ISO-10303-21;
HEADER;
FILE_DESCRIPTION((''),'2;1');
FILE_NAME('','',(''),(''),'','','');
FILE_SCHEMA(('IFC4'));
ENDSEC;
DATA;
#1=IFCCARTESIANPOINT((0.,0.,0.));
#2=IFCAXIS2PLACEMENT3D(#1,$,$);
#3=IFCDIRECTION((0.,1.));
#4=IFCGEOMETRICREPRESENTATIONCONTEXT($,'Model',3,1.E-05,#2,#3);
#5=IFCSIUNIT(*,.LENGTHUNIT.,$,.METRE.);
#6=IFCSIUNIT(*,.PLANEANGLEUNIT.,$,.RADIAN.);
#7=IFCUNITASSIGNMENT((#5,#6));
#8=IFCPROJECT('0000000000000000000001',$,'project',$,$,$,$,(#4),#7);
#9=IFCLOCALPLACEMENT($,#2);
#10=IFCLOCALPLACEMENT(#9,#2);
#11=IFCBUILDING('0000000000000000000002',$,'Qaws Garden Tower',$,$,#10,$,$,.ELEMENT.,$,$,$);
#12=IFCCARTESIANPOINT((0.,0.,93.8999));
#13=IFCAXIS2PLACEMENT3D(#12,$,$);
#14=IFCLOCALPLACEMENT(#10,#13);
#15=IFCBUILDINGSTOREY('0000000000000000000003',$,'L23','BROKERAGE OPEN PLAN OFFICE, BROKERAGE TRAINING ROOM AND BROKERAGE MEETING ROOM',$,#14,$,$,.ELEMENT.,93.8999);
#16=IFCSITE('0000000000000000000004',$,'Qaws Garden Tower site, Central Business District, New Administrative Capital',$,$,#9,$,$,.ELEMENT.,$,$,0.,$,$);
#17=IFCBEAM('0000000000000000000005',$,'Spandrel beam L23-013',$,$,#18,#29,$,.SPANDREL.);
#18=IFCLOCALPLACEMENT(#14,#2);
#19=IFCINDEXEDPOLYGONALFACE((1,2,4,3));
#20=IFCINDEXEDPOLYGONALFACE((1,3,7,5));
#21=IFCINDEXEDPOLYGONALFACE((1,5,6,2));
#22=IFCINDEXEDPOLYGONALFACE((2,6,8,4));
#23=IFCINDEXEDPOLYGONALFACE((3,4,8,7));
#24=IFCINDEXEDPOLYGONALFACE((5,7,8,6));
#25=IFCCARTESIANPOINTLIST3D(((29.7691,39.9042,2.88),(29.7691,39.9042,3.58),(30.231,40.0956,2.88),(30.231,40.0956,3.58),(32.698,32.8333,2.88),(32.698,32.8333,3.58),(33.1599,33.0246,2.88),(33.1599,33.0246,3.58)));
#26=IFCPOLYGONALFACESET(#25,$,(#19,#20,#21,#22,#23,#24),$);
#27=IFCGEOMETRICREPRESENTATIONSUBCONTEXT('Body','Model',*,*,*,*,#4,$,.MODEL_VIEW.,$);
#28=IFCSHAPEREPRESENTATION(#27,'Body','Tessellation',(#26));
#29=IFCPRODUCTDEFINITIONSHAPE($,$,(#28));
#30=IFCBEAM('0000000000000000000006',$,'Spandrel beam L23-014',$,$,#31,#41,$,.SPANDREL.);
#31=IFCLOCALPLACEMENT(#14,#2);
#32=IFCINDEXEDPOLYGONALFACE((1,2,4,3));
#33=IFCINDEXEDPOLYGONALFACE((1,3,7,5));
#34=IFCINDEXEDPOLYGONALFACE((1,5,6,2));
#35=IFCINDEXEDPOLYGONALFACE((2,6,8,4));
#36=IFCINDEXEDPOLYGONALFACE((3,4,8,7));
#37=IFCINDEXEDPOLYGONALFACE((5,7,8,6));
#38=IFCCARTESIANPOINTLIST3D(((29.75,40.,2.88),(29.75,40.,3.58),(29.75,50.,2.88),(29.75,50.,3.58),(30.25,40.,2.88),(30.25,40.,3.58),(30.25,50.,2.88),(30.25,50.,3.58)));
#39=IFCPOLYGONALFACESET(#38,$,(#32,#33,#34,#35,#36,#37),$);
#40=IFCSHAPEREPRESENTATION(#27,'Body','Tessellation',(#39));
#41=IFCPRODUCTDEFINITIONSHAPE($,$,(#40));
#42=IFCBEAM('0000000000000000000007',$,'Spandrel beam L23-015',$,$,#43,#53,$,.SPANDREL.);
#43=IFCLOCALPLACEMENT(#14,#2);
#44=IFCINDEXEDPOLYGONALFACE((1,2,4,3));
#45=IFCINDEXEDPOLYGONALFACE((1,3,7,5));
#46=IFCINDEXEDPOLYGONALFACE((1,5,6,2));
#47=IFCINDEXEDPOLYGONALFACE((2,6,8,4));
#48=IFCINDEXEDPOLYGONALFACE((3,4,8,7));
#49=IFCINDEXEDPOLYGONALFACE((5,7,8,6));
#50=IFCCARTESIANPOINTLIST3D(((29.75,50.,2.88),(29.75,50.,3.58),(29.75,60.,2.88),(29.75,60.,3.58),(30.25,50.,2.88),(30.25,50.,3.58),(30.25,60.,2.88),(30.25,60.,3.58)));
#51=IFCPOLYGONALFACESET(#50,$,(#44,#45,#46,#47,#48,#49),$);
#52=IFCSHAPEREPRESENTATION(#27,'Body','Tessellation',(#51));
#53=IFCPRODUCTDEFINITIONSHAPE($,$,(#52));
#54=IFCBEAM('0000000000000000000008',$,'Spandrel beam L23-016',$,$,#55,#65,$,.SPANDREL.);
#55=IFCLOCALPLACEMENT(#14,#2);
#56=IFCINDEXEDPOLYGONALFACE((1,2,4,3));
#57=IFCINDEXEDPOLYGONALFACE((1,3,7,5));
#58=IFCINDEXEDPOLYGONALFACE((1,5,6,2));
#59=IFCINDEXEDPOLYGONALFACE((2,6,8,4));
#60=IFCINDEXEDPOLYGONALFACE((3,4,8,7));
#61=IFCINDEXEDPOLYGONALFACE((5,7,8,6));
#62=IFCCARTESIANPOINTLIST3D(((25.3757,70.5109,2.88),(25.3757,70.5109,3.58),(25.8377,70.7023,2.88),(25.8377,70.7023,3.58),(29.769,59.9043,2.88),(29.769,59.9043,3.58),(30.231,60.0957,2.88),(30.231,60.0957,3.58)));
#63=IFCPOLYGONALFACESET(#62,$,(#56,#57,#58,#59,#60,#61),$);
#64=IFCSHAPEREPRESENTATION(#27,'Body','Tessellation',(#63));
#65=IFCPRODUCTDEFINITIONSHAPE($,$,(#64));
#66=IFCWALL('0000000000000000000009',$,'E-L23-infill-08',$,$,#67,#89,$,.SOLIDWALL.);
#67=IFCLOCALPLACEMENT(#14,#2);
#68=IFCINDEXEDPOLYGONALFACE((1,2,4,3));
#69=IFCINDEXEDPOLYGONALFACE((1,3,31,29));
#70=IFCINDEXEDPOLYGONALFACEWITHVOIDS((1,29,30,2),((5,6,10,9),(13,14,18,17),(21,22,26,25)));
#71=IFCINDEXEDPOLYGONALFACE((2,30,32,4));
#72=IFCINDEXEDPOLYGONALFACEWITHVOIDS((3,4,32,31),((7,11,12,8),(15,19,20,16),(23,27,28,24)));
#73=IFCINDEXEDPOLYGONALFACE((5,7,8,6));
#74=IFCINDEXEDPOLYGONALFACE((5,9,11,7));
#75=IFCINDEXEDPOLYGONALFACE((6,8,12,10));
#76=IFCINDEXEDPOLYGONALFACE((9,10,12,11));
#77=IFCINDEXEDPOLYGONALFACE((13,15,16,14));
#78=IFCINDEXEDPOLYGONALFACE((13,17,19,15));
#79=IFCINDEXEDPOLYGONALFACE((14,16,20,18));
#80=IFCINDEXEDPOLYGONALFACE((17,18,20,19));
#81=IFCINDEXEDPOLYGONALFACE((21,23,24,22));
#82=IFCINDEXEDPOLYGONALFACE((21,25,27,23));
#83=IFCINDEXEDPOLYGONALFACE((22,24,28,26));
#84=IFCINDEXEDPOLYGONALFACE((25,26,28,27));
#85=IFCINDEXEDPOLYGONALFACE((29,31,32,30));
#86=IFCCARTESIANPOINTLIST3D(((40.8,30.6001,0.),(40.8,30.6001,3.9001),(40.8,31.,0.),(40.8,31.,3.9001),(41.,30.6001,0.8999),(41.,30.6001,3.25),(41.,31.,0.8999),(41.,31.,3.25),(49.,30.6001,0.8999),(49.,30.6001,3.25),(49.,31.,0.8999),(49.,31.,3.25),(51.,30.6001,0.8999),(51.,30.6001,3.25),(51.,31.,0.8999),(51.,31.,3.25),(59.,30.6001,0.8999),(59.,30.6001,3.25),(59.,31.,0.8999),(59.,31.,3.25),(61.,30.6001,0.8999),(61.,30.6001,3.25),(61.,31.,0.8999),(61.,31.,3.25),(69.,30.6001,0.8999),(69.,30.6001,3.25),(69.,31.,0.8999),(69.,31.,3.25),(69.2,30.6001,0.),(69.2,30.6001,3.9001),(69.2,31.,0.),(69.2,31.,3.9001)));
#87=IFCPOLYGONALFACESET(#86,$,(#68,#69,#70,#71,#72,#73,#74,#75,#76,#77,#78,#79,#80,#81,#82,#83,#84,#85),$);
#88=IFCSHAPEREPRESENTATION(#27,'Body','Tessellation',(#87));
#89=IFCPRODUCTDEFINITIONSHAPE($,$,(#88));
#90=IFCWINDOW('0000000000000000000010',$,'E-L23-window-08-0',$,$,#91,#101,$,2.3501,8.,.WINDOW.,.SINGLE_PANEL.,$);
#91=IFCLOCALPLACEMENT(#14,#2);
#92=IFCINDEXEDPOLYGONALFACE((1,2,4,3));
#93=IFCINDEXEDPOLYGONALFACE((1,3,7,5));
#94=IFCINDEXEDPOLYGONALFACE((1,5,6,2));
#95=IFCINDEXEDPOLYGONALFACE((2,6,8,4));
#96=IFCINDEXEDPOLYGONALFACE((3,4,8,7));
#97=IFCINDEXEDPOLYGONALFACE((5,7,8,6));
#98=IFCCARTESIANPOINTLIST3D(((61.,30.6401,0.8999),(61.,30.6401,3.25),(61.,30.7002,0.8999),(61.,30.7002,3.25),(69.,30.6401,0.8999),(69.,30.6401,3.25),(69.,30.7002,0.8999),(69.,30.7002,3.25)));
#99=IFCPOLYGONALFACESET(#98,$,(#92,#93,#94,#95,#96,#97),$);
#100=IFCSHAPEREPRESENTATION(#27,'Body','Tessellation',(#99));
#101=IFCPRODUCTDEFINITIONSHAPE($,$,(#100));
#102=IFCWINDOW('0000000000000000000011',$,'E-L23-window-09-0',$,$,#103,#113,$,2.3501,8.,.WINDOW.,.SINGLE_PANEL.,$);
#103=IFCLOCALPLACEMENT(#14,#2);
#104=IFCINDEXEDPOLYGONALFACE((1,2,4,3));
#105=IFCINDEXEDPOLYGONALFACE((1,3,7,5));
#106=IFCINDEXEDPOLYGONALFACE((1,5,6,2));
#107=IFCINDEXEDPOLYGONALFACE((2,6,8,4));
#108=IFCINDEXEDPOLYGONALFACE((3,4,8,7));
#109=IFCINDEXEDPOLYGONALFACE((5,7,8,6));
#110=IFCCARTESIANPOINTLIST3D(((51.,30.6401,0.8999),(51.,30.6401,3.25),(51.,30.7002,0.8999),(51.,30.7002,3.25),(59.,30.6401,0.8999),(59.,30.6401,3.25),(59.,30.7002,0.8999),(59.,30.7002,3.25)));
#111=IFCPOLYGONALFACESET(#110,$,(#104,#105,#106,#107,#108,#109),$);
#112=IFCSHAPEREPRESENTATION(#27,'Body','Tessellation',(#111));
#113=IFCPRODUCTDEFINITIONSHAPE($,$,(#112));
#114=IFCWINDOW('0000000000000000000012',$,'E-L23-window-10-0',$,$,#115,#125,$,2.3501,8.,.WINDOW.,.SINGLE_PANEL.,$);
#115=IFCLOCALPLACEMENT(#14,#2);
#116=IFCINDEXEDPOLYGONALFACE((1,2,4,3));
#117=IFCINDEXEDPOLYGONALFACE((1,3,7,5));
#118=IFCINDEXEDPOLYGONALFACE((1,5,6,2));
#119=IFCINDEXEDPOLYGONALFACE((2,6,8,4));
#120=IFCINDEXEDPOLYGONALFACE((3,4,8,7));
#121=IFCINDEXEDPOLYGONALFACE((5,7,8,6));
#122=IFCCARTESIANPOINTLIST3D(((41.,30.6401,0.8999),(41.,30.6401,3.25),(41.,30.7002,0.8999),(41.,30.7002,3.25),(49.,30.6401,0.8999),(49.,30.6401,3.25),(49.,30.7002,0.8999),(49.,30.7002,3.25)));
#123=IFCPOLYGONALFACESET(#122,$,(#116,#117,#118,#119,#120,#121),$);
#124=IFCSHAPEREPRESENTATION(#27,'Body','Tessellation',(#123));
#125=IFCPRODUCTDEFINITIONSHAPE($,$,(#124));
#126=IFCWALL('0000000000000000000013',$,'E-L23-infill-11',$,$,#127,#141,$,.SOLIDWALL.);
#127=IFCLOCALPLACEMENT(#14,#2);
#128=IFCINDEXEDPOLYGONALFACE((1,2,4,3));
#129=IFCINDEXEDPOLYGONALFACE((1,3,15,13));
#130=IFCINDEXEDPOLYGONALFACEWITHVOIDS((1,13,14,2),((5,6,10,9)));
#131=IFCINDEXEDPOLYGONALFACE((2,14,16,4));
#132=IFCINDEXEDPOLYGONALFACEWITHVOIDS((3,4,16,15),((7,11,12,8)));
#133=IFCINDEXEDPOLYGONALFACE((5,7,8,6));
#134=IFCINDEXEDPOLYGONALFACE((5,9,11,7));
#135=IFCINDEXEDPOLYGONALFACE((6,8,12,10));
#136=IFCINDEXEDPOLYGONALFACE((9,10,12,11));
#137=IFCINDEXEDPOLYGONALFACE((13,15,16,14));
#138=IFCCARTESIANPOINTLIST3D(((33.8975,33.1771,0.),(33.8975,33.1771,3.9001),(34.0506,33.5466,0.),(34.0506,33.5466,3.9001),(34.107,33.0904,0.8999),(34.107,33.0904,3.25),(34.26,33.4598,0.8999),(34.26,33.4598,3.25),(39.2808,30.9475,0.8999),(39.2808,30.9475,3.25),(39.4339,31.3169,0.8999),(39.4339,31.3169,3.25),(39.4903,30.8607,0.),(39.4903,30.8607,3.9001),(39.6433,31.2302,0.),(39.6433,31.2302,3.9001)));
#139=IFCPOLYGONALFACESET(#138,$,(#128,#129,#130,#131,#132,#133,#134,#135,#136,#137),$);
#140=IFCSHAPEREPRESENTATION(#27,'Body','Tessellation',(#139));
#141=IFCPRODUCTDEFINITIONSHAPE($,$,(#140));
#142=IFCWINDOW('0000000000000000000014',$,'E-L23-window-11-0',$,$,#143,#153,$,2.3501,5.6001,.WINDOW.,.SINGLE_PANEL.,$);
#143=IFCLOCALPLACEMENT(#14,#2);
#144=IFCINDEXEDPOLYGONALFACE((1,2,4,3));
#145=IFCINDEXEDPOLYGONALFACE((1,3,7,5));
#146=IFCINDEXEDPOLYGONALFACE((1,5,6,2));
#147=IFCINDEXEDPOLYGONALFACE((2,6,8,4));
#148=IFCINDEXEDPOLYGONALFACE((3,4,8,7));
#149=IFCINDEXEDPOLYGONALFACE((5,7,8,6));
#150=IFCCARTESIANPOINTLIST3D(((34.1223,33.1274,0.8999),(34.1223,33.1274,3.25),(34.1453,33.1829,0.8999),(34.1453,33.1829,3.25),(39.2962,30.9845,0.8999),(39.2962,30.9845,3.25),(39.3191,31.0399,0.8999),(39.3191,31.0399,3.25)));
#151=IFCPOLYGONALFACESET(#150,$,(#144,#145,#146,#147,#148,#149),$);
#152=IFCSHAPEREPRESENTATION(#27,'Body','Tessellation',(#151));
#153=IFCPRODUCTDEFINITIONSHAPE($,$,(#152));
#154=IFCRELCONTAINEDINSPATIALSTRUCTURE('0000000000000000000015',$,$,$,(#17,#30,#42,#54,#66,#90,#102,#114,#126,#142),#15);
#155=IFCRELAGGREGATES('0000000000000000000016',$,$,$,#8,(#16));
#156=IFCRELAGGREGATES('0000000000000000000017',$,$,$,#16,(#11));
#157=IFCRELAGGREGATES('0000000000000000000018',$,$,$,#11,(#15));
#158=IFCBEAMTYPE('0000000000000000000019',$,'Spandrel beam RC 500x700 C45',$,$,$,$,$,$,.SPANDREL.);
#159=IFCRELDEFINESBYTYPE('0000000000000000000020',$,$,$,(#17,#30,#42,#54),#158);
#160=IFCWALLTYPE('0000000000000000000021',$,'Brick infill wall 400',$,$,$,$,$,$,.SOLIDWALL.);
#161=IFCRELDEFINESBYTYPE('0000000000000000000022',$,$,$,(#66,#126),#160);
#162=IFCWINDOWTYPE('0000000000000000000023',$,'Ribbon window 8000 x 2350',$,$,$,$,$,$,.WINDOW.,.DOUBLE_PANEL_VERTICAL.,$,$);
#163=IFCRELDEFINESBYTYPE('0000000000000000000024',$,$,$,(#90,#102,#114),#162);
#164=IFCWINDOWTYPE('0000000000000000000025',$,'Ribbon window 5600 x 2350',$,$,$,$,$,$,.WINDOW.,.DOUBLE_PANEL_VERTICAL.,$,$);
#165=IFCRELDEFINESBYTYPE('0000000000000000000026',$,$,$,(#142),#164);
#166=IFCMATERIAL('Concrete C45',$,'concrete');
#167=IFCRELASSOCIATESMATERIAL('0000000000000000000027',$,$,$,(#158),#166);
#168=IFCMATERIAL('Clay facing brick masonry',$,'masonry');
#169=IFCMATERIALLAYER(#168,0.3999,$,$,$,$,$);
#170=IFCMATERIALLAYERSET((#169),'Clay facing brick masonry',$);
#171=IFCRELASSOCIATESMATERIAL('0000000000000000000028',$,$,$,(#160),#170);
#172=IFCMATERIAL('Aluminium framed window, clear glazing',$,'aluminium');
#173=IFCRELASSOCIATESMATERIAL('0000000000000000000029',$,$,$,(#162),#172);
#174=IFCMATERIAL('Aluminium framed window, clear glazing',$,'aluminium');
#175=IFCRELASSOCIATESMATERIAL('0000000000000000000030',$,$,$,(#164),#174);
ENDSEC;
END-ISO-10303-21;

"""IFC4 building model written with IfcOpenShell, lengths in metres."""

from ifc_helpers import new_model, si_unit, direction, frame, frame_2d, origin, origin_2d, place, context, subcontext, project, spatial, rectangle, extrude, material, layer, layer_set, material_profile, profile_set, type_object, element, fill, save


model = new_model("IFC4")

# Units and contexts
model_context = context("Model", 3, precision=1e-05, world=origin(), true_north=direction((0.0, 1.0)))
body_context = subcontext(model_context, "Body", "Model", "MODEL_VIEW")
ifc_project = project(units=[si_unit("LENGTHUNIT", "METRE"), si_unit("PLANEANGLEUNIT", "RADIAN")], contexts=[model_context])

# Site, building, storey
site_placement = place(None, origin())
site = spatial("IfcSite", under=ifc_project, at=site_placement, Name="Qaws Garden Tower site, Central Business District, New Administrative Capital", CompositionType="ELEMENT", RefElevation=0.0)
building_placement = place(site_placement, origin())
building = spatial("IfcBuilding", under=site, at=building_placement, Name="Qaws Garden Tower", CompositionType="ELEMENT")
storey_placement = place(building_placement, frame((0.0, 0.0, 93.8999)))
storey = spatial("IfcBuildingStorey", under=building, at=storey_placement, Name="L23", Description="BROKERAGE OPEN PLAN OFFICE, BROKERAGE TRAINING ROOM AND BROKERAGE MEETING ROOM", CompositionType="ELEMENT", Elevation=93.8999)

# Beams
ifc_material_1 = material(Name="Concrete C45", Category="concrete")
ifc_material_profile_1 = material_profile(ifc_material_1, rectangle(XDim=0.5, YDim=0.7, at=origin_2d()), Name="RC 500x700")
ifc_profile_set_1 = profile_set([ifc_material_profile_1], Name="Concrete C45")
beam_type = type_object("IfcBeamType", Name="Spandrel beam RC 500x700 C45", PredefinedType="SPANDREL", material=ifc_profile_set_1)
beam_1_placement = place(storey_placement, frame((32.929, 32.929, 3.23), z_axis=(-0.382687, 0.923878, 0.0), x_axis=(-0.923878, -0.382687, 0.0)))
element("IfcBeam", 1, at=beam_1_placement, inside=storey, type_object=beam_type, Name="Spandrel beam L23-013", PredefinedType="SPANDREL", context=body_context, shape_type="SweptSolid", body=[
    extrude(rectangle(XDim=0.5, YDim=0.7, at=origin_2d()), origin(), (0.0, 0.0, 1.0), 7.6536),
])
for number, where, z_axis, x_axis, name in (
    (2, (30.0, 40.0, 3.23), (0.0, 1.0, 0.0), (-1.0, 0.0, 0.0), "Spandrel beam L23-014"),
    (3, (30.0, 50.0, 3.23), (0.0, 1.0, 0.0), (-1.0, 0.0, 0.0), "Spandrel beam L23-015"),
):
    element("IfcBeam", number, at=place(storey_placement, frame(where, z_axis=z_axis, x_axis=x_axis)), inside=storey, type_object=beam_type, Name=name, PredefinedType="SPANDREL", context=body_context, shape_type="SweptSolid", body=[
        extrude(rectangle(XDim=0.5, YDim=0.7, at=origin_2d()), origin(), (0.0, 0.0, 1.0), 10.0),
    ])
beam_2_placement = place(storey_placement, frame((30.0, 60.0, 3.23), z_axis=(-0.382674, 0.923883, 0.0), x_axis=(-0.923883, -0.382674, 0.0)))
element("IfcBeam", 4, at=beam_2_placement, inside=storey, type_object=beam_type, Name="Spandrel beam L23-016", PredefinedType="SPANDREL", context=body_context, shape_type="SweptSolid", body=[
    extrude(rectangle(XDim=0.5, YDim=0.7, at=origin_2d()), origin(), (0.0, 0.0, 1.0), 11.4805),
])

# Wall, openings, windows
ifc_material_2 = material(Name="Clay facing brick masonry", Category="masonry")
ifc_layer_1 = layer(ifc_material_2, 0.3999)
ifc_layer_set_1 = layer_set([ifc_layer_1], Name="Clay facing brick masonry")
wall_type_1 = type_object("IfcWallType", Name="Brick infill wall 400", PredefinedType="SOLIDWALL", material=ifc_layer_set_1)
wall_1_placement = place(storey_placement, frame((69.2, 30.8, 0.0), z_axis=(0.0, 0.0, 1.0), x_axis=(-1.0, 0.0, 0.0)))
wall_1 = element("IfcWall", 5, at=wall_1_placement, inside=storey, type_object=wall_type_1, Name="E-L23-infill-08", PredefinedType="SOLIDWALL", context=body_context, shape_type="SweptSolid", body=[
    extrude(rectangle(XDim=28.3999, YDim=0.3999, at=frame_2d((14.2, 0.0))), origin(), (0.0, 0.0, 1.0), 3.9001),
])
opening_1_placement = place(wall_1_placement, frame((0.2, 0.0, 0.8999)))
opening_1 = element("IfcOpeningElement", 6, at=opening_1_placement, cuts=wall_1, PredefinedType="OPENING", context=body_context, shape_type="SweptSolid", body=[
    extrude(rectangle(XDim=8.0, YDim=2.3501, at=frame_2d((4.0, 1.175))), frame((0.0, 0.21, 0.0), z_axis=(0.0, -1.0, 0.0), x_axis=(1.0, 0.0, 0.0)), (0.0, 0.0, 1.0), 0.4199),
])
opening_2_placement = place(wall_1_placement, frame((10.2, 0.0, 0.8999)))
opening_2 = element("IfcOpeningElement", 7, at=opening_2_placement, cuts=wall_1, PredefinedType="OPENING", context=body_context, shape_type="SweptSolid", body=[
    extrude(rectangle(XDim=8.0, YDim=2.3501, at=frame_2d((4.0, 1.175))), frame((0.0, 0.21, 0.0), z_axis=(0.0, -1.0, 0.0), x_axis=(1.0, 0.0, 0.0)), (0.0, 0.0, 1.0), 0.4199),
])
opening_3_placement = place(wall_1_placement, frame((20.2, 0.0, 0.8999)))
opening_3 = element("IfcOpeningElement", 8, at=opening_3_placement, cuts=wall_1, PredefinedType="OPENING", context=body_context, shape_type="SweptSolid", body=[
    extrude(rectangle(XDim=8.0, YDim=2.3501, at=frame_2d((4.0, 1.175))), frame((0.0, 0.21, 0.0), z_axis=(0.0, -1.0, 0.0), x_axis=(1.0, 0.0, 0.0)), (0.0, 0.0, 1.0), 0.4199),
])
ifc_material_3 = material(Name="Aluminium framed window, clear glazing", Category="aluminium")
window_type_1 = type_object("IfcWindowType", Name="Ribbon window 8000 x 2350", PartitioningType="DOUBLE_PANEL_VERTICAL", PredefinedType="WINDOW", material=ifc_material_3)
window_1_placement = place(opening_1_placement, origin())
window_1 = element("IfcWindow", 9, at=window_1_placement, inside=storey, type_object=window_type_1, Name="E-L23-window-08-0", OverallHeight=2.3501, OverallWidth=8.0, PartitioningType="SINGLE_PANEL", PredefinedType="WINDOW", context=body_context, shape_type="SweptSolid", body=[
    extrude(rectangle(XDim=8.0, YDim=2.3501, at=frame_2d((4.0, 1.175))), frame((0.0, 0.1599, 0.0), z_axis=(0.0, -1.0, 0.0), x_axis=(1.0, 0.0, 0.0)), (0.0, 0.0, 1.0), 0.0601),
])
fill(opening_1, window_1)
window_2_placement = place(opening_2_placement, origin())
window_2 = element("IfcWindow", 10, at=window_2_placement, inside=storey, type_object=window_type_1, Name="E-L23-window-09-0", OverallHeight=2.3501, OverallWidth=8.0, PartitioningType="SINGLE_PANEL", PredefinedType="WINDOW", context=body_context, shape_type="SweptSolid", body=[
    extrude(rectangle(XDim=8.0, YDim=2.3501, at=frame_2d((4.0, 1.175))), frame((0.0, 0.1599, 0.0), z_axis=(0.0, -1.0, 0.0), x_axis=(1.0, 0.0, 0.0)), (0.0, 0.0, 1.0), 0.0601),
])
fill(opening_2, window_2)
window_3_placement = place(opening_3_placement, origin())
window_3 = element("IfcWindow", 11, at=window_3_placement, inside=storey, type_object=window_type_1, Name="E-L23-window-10-0", OverallHeight=2.3501, OverallWidth=8.0, PartitioningType="SINGLE_PANEL", PredefinedType="WINDOW", context=body_context, shape_type="SweptSolid", body=[
    extrude(rectangle(XDim=8.0, YDim=2.3501, at=frame_2d((4.0, 1.175))), frame((0.0, 0.1599, 0.0), z_axis=(0.0, -1.0, 0.0), x_axis=(1.0, 0.0, 0.0)), (0.0, 0.0, 1.0), 0.0601),
])
fill(opening_3, window_3)

# Wall, opening, window
wall_2_placement = place(storey_placement, frame((39.5669, 31.0454, 0.0), z_axis=(0.0, 0.0, 1.0), x_axis=(-0.923891, 0.382656, 0.0)))
wall_2 = element("IfcWall", 12, at=wall_2_placement, inside=storey, type_object=wall_type_1, Name="E-L23-infill-11", PredefinedType="SOLIDWALL", context=body_context, shape_type="SweptSolid", body=[
    extrude(rectangle(XDim=6.0535, YDim=0.3999, at=frame_2d((3.0269, 0.0))), origin(), (0.0, 0.0, 1.0), 3.9001),
])
opening_4_placement = place(wall_2_placement, frame((0.2268, 0.0, 0.8999)))
opening_4 = element("IfcOpeningElement", 13, at=opening_4_placement, cuts=wall_2, PredefinedType="OPENING", context=body_context, shape_type="SweptSolid", body=[
    extrude(rectangle(XDim=5.6001, YDim=2.3501, at=frame_2d((2.8, 1.175))), frame((0.0, 0.21, 0.0), z_axis=(0.0, -1.0, 0.0), x_axis=(1.0, 0.0, 0.0)), (0.0, 0.0, 1.0), 0.4199),
])
ifc_material_4 = material(Name="Aluminium framed window, clear glazing", Category="aluminium")
window_type_2 = type_object("IfcWindowType", Name="Ribbon window 5600 x 2350", PartitioningType="DOUBLE_PANEL_VERTICAL", PredefinedType="WINDOW", material=ifc_material_4)
window_4_placement = place(opening_4_placement, origin())
window_4 = element("IfcWindow", 14, at=window_4_placement, inside=storey, type_object=window_type_2, Name="E-L23-window-11-0", OverallHeight=2.3501, OverallWidth=5.6001, PartitioningType="SINGLE_PANEL", PredefinedType="WINDOW", context=body_context, shape_type="SweptSolid", body=[
    extrude(rectangle(XDim=5.6001, YDim=2.3501, at=frame_2d((2.8, 1.175))), frame((0.0, 0.1599, 0.0), z_axis=(0.0, -1.0, 0.0), x_axis=(1.0, 0.0, 0.0)), (0.0, 0.0, 1.0), 0.0601),
])
fill(opening_4, window_4)

save(model, "model.ifc")
